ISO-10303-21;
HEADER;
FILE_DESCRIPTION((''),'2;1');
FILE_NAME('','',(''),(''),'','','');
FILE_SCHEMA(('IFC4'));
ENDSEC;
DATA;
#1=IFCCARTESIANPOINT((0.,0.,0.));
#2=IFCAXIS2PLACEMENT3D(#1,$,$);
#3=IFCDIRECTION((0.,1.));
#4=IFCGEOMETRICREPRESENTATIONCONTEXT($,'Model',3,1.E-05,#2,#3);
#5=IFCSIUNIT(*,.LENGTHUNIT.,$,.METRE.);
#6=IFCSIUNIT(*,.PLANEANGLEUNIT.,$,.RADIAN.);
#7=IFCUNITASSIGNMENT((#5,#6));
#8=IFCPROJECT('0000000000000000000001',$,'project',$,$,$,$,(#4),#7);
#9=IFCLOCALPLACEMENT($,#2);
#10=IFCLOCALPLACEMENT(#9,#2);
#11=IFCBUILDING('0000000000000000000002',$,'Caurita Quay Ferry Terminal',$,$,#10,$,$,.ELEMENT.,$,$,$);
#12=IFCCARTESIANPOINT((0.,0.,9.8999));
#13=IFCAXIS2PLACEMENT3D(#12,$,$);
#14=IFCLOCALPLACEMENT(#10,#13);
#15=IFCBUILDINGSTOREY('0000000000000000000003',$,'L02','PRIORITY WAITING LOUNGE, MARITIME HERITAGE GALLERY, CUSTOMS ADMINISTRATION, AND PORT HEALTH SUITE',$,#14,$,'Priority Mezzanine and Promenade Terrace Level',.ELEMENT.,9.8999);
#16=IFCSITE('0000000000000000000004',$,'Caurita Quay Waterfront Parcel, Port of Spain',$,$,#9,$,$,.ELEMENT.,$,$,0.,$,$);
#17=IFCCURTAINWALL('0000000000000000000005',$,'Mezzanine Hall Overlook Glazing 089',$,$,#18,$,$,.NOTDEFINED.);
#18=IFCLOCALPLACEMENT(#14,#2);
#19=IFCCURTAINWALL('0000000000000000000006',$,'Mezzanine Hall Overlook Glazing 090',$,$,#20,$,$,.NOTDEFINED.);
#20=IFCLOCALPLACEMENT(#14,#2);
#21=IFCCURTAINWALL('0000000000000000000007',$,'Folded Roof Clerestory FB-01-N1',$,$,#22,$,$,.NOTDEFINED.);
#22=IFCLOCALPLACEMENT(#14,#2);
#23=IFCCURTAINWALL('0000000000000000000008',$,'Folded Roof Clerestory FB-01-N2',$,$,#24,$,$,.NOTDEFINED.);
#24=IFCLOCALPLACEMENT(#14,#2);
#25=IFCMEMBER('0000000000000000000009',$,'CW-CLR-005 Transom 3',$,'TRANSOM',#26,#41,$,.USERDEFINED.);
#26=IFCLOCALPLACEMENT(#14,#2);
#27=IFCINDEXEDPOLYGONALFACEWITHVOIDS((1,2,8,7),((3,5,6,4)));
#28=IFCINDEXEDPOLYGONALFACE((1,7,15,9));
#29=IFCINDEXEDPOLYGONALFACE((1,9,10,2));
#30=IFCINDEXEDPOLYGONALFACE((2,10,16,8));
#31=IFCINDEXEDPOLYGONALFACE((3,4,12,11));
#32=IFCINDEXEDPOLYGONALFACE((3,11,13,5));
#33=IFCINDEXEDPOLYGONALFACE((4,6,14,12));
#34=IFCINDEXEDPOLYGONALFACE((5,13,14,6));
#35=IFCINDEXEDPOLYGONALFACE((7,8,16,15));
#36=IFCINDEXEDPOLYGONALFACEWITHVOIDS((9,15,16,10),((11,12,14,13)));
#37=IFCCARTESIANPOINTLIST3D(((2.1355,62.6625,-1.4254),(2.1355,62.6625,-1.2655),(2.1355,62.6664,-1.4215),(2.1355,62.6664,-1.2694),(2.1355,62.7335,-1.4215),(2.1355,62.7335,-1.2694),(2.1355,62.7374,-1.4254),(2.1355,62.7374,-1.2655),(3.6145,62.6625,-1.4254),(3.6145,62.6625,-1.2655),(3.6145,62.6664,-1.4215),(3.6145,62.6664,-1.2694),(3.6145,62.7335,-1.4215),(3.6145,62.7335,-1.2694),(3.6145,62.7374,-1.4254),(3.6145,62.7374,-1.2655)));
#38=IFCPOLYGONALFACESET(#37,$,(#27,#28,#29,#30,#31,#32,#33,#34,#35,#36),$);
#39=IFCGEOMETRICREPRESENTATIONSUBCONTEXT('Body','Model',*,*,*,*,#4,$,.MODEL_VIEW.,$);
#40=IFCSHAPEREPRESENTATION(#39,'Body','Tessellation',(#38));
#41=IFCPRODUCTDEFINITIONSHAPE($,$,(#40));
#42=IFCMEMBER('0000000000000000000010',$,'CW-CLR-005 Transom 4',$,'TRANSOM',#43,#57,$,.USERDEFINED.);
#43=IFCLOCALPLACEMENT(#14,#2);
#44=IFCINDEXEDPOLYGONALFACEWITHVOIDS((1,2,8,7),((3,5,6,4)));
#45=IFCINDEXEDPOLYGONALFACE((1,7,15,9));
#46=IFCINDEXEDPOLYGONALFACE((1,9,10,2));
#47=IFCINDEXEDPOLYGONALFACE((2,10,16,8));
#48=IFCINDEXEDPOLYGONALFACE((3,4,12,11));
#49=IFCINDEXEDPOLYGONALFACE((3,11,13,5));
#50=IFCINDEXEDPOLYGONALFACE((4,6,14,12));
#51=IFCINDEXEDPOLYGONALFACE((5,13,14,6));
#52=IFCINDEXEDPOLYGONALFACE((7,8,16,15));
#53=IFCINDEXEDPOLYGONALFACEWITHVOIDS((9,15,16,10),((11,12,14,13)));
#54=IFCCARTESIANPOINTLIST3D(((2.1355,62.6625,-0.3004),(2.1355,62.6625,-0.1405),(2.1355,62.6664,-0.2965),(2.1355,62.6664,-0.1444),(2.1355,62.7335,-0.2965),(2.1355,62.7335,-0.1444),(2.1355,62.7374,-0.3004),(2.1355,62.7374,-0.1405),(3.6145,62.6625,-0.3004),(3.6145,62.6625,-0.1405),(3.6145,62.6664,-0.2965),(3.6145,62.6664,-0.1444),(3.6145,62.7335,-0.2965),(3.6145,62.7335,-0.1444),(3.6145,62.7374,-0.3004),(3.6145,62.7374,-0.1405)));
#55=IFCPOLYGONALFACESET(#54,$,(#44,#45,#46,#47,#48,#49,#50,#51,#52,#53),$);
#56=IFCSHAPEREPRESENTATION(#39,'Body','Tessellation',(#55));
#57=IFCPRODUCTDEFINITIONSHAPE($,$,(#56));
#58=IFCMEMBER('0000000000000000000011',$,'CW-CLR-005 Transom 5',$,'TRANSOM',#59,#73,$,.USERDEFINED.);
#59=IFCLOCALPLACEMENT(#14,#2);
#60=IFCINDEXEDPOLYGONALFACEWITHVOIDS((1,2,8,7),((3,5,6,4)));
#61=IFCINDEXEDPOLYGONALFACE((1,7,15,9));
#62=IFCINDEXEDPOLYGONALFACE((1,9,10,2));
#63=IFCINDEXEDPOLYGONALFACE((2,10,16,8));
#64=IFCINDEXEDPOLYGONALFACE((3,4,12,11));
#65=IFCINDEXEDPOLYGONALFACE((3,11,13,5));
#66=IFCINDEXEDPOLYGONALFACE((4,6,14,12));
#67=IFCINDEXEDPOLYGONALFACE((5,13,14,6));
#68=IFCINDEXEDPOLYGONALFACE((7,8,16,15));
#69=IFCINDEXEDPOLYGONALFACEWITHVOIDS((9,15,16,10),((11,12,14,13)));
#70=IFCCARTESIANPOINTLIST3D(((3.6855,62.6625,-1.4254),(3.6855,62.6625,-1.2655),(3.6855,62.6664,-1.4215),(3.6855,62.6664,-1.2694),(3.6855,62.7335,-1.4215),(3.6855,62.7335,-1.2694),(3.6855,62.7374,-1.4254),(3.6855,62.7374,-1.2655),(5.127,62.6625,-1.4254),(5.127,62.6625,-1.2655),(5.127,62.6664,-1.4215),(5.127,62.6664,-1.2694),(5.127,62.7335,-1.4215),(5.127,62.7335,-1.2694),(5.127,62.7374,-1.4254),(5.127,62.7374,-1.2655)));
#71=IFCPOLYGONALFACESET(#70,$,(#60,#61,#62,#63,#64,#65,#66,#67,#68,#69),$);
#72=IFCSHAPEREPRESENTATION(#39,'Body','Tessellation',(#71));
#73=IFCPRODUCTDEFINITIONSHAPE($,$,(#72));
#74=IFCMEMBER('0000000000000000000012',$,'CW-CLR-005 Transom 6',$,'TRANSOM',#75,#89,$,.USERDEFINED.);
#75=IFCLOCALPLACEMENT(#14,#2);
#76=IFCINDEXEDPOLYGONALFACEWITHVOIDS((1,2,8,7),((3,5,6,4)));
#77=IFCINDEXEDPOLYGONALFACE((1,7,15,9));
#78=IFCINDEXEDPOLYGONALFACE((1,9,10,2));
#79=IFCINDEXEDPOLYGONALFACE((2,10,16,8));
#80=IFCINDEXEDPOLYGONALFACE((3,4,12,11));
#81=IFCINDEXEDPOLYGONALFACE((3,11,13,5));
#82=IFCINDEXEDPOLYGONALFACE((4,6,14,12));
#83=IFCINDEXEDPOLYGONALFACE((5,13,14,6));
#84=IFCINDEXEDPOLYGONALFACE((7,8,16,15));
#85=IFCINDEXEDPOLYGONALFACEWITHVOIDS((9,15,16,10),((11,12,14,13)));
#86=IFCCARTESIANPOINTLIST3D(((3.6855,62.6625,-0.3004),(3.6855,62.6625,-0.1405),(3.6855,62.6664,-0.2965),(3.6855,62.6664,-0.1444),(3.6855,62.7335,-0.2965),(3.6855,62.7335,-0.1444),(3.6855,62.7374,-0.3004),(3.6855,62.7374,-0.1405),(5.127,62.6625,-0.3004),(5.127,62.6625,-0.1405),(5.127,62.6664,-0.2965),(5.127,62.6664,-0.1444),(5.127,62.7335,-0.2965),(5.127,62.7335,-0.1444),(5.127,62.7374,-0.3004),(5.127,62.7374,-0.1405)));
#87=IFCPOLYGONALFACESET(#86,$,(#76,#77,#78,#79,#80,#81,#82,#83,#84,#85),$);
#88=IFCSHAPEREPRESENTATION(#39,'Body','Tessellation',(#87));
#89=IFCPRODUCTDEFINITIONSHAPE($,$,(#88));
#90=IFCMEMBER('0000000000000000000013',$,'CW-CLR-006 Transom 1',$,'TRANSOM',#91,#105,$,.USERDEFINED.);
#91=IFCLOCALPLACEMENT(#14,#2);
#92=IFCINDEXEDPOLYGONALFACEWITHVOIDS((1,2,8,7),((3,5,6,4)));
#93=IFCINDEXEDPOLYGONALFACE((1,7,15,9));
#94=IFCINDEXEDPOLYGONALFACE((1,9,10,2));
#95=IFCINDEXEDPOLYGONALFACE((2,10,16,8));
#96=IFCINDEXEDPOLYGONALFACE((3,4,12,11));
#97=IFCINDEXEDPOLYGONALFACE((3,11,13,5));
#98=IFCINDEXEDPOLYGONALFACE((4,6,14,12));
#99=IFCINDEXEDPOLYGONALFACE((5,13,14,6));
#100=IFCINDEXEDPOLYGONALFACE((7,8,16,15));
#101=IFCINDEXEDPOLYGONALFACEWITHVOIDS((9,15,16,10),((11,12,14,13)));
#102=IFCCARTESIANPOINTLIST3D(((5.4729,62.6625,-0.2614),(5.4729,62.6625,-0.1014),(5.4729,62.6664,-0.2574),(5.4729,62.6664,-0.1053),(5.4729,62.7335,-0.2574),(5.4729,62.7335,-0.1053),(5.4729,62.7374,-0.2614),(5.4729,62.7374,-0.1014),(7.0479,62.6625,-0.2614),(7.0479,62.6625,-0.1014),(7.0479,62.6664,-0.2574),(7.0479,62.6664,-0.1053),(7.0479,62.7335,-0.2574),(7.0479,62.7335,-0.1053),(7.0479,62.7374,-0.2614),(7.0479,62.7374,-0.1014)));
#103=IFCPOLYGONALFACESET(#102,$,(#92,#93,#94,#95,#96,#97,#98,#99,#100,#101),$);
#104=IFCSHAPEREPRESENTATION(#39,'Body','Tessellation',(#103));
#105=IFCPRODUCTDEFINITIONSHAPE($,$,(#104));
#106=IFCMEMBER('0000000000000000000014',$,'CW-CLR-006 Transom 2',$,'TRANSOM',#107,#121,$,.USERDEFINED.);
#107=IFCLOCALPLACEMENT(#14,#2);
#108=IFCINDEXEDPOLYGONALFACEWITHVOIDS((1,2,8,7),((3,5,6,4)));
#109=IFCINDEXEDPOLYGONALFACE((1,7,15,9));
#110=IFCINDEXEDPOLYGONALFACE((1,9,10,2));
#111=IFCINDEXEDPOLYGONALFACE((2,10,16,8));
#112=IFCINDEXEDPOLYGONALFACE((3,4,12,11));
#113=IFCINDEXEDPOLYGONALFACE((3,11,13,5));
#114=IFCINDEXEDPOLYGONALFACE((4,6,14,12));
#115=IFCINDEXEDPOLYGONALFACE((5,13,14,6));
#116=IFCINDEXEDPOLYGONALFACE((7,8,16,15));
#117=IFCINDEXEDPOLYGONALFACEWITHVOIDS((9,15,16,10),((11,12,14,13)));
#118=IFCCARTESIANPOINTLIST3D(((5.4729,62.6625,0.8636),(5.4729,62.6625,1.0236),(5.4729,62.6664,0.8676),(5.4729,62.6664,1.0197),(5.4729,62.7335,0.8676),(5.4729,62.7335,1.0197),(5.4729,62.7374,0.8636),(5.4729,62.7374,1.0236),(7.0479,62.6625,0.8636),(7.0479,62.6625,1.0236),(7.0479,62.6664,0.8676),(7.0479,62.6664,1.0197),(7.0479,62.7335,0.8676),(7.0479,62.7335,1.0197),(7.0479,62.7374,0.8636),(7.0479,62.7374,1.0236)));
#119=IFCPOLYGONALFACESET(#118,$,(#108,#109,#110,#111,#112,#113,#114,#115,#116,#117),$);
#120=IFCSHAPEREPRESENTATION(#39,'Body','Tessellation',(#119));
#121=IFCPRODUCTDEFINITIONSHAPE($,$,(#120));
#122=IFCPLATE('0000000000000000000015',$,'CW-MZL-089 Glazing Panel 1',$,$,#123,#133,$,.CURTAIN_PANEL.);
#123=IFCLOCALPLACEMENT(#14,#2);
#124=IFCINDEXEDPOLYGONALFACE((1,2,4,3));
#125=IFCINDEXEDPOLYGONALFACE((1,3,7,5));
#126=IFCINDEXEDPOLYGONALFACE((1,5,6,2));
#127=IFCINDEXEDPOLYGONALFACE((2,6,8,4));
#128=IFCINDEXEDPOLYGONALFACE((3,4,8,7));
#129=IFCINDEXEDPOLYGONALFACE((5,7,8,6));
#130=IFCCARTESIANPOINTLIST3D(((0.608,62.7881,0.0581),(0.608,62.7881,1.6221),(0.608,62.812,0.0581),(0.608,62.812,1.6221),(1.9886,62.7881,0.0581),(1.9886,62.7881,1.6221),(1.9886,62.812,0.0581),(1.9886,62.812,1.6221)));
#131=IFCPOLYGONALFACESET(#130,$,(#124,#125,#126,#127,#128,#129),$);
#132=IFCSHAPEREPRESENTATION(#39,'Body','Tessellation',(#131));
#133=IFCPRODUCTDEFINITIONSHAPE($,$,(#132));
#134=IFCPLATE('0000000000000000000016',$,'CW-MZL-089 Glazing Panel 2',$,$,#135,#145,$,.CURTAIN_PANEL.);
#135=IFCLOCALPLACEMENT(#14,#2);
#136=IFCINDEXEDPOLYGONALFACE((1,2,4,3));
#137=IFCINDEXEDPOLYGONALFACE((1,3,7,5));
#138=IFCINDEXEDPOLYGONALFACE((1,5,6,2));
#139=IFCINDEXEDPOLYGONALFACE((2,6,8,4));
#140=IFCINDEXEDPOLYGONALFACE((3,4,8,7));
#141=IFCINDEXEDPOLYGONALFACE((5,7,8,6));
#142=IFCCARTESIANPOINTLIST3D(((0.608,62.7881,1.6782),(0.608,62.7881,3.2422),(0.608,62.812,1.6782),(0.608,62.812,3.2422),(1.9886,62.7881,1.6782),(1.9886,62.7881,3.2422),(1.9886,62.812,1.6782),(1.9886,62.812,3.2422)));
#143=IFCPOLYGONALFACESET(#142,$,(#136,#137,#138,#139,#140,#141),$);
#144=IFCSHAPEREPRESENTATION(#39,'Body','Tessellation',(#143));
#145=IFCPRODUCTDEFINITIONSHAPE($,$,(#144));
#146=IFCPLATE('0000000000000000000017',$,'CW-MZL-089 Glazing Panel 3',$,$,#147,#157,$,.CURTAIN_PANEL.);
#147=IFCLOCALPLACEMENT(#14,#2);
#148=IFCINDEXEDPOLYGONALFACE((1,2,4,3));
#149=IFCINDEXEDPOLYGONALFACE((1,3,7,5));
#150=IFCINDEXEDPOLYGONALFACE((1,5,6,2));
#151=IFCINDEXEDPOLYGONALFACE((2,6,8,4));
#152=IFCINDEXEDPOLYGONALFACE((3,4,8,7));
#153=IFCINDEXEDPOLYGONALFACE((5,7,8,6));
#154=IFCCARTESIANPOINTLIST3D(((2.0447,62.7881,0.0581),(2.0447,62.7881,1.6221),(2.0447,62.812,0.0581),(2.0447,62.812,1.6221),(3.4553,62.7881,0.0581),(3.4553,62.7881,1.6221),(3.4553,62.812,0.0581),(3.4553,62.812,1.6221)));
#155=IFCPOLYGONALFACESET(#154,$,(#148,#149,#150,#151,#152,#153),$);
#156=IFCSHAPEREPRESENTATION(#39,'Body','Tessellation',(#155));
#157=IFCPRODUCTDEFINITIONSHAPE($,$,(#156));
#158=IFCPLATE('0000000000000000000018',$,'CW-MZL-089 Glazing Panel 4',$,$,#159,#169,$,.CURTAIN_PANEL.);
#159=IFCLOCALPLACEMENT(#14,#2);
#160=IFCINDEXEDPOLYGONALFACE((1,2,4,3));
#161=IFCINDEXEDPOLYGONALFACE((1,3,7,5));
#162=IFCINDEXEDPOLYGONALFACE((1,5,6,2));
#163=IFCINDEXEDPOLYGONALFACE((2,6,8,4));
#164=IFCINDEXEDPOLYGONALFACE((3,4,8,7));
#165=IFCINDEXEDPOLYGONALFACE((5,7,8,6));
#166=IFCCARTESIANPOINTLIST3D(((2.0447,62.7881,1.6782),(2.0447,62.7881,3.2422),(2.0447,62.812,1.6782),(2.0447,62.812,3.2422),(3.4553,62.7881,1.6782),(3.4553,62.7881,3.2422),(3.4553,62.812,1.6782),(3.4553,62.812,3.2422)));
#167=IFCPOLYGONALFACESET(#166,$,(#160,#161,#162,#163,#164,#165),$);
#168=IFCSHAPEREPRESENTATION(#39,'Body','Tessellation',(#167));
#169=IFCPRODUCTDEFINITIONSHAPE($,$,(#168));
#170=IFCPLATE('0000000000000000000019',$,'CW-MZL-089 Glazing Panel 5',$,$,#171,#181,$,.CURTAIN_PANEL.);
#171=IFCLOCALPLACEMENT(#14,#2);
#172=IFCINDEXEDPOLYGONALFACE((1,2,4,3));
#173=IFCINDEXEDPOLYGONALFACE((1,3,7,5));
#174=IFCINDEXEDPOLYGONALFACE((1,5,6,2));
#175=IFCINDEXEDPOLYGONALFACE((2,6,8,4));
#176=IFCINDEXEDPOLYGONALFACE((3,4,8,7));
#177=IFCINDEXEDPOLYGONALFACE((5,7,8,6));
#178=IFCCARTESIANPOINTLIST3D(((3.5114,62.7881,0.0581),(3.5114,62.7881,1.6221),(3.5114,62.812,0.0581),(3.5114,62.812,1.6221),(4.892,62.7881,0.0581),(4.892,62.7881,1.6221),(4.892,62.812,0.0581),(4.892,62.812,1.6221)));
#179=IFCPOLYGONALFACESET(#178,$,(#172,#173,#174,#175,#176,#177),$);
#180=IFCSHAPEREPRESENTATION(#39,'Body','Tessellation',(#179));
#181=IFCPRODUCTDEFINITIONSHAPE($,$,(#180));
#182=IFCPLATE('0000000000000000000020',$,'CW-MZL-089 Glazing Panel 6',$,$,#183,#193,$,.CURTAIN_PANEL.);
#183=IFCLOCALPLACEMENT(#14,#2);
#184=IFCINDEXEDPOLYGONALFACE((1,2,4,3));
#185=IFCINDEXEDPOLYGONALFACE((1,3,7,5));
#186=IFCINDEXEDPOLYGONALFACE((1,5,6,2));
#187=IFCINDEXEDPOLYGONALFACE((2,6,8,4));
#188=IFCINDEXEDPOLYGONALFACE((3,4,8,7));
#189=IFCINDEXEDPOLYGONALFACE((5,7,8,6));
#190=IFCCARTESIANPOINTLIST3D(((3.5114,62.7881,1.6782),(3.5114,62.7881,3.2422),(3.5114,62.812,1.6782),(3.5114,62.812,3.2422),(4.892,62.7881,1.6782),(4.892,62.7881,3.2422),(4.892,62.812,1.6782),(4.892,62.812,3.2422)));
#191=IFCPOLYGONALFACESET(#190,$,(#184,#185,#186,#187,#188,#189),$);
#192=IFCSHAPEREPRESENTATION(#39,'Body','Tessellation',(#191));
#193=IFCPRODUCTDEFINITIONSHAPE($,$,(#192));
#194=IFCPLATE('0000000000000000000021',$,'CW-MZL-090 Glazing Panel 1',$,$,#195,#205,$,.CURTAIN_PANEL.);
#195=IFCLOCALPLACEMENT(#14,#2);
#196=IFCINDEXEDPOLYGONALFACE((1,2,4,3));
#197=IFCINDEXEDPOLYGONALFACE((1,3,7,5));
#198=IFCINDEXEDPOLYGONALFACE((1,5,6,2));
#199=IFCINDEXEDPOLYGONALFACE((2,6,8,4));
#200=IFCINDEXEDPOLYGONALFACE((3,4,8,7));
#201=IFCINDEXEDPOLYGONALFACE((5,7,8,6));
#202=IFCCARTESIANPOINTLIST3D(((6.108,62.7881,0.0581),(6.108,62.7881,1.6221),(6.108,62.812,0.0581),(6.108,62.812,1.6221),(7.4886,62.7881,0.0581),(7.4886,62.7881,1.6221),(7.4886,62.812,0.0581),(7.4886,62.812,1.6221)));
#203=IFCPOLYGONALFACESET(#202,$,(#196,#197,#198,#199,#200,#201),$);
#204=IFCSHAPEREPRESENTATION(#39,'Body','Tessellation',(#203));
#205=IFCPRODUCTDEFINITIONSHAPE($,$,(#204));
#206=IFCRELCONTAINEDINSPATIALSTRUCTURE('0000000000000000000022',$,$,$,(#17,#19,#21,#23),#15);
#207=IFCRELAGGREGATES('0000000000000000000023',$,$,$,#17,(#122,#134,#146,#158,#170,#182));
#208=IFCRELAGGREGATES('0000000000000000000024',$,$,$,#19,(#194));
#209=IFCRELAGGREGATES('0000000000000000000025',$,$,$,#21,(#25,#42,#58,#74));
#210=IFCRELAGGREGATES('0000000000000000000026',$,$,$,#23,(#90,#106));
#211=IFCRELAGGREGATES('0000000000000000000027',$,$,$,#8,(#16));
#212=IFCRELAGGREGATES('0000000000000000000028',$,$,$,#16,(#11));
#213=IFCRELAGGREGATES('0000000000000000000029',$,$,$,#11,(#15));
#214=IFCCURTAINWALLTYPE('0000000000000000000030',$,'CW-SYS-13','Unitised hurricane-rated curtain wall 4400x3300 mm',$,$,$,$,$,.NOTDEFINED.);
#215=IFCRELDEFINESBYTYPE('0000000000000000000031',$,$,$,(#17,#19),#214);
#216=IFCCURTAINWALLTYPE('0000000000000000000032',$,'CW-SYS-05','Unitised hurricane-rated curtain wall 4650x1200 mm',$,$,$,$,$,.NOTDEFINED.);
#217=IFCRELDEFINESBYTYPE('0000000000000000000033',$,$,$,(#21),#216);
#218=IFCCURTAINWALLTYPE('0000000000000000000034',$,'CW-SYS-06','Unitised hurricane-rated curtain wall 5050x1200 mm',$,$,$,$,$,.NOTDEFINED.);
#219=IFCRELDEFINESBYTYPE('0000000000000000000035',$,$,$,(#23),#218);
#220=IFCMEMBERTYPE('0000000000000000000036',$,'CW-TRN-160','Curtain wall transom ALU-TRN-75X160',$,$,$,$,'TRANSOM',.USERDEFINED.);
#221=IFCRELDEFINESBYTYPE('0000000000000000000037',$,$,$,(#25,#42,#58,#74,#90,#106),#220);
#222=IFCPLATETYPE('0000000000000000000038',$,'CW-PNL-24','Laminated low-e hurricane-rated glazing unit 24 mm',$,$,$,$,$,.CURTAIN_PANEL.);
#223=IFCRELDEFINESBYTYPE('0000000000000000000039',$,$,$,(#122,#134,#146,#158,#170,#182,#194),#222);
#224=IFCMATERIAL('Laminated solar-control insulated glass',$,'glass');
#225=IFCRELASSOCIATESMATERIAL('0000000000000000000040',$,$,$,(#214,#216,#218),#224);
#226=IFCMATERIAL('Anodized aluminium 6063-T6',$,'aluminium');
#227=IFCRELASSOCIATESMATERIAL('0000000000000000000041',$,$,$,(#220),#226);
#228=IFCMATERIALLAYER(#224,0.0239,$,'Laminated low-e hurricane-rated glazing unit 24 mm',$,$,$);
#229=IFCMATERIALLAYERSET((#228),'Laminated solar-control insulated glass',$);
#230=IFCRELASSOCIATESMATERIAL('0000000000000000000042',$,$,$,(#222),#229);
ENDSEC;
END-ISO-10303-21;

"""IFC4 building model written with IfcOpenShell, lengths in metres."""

from ifc_helpers import new_model, si_unit, direction, frame, origin, origin_2d, place, context, subcontext, project, spatial, rectangle, hollow_rectangle, extrude, material, layer, layer_set, material_profile, profile_set, type_object, element, aggregate, save


model = new_model("IFC4")

# Units and contexts
model_context = context("Model", 3, precision=1e-05, world=origin(), true_north=direction((0.0, 1.0)))
body_context = subcontext(model_context, "Body", "Model", "MODEL_VIEW")
ifc_project = project(units=[si_unit("LENGTHUNIT", "METRE"), si_unit("PLANEANGLEUNIT", "RADIAN")], contexts=[model_context])

# Site, building, storey
site_placement = place(None, origin())
site = spatial("IfcSite", under=ifc_project, at=site_placement, Name="Caurita Quay Waterfront Parcel, Port of Spain", CompositionType="ELEMENT", RefElevation=0.0)
building_placement = place(site_placement, origin())
building = spatial("IfcBuilding", under=site, at=building_placement, Name="Caurita Quay Ferry Terminal", CompositionType="ELEMENT")
storey_placement = place(building_placement, frame((0.0, 0.0, 9.8999)))
storey = spatial("IfcBuildingStorey", under=building, at=storey_placement, Name="L02", Description="PRIORITY WAITING LOUNGE, MARITIME HERITAGE GALLERY, CUSTOMS ADMINISTRATION, AND PORT HEALTH SUITE", LongName="Priority Mezzanine and Promenade Terrace Level", CompositionType="ELEMENT", Elevation=9.8999)

# Curtain wall
ifc_material_1 = material(Name="Laminated solar-control insulated glass", Category="glass")
curtain_wall_type_1 = type_object("IfcCurtainWallType", Name="CW-SYS-13", Description="Unitised hurricane-rated curtain wall 4400x3300 mm", PredefinedType="NOTDEFINED", material=ifc_material_1)
curtain_wall_1_placement = place(storey_placement, origin())
curtain_wall_1 = element("IfcCurtainWall", 1, at=curtain_wall_1_placement, inside=storey, type_object=curtain_wall_type_1, Name="Mezzanine Hall Overlook Glazing 089", PredefinedType="NOTDEFINED")
ifc_material_2 = material(Name="Anodized aluminium 6063-T6", Category="aluminium")

# Curtain wall
curtain_wall_2_placement = place(storey_placement, origin())
curtain_wall_2 = element("IfcCurtainWall", 2, at=curtain_wall_2_placement, inside=storey, type_object=curtain_wall_type_1, Name="Mezzanine Hall Overlook Glazing 090", PredefinedType="NOTDEFINED")

# Curtain walls
curtain_wall_type_2 = type_object("IfcCurtainWallType", Name="CW-SYS-05", Description="Unitised hurricane-rated curtain wall 4650x1200 mm", PredefinedType="NOTDEFINED", material=ifc_material_1)
curtain_wall_3_placement = place(storey_placement, origin())
curtain_wall_3 = element("IfcCurtainWall", 3, at=curtain_wall_3_placement, inside=storey, type_object=curtain_wall_type_2, Name="Folded Roof Clerestory FB-01-N1", PredefinedType="NOTDEFINED")
curtain_wall_type_3 = type_object("IfcCurtainWallType", Name="CW-SYS-06", Description="Unitised hurricane-rated curtain wall 5050x1200 mm", PredefinedType="NOTDEFINED", material=ifc_material_1)
curtain_wall_4_placement = place(storey_placement, origin())
curtain_wall_4 = element("IfcCurtainWall", 4, at=curtain_wall_4_placement, inside=storey, type_object=curtain_wall_type_3, Name="Folded Roof Clerestory FB-01-N2", PredefinedType="NOTDEFINED")

# Members
ifc_material_profile_1 = material_profile(ifc_material_2, hollow_rectangle(XDim=0.075, YDim=0.1599, WallThickness=0.0039, at=origin_2d()), Name="ALU-TRN-75X160")
ifc_profile_set_1 = profile_set([ifc_material_profile_1], Name="Anodized aluminium 6063-T6")
member_type_1 = type_object("IfcMemberType", Name="CW-TRN-160", Description="Curtain wall transom ALU-TRN-75X160", ElementType="TRANSOM", PredefinedType="USERDEFINED", material=ifc_profile_set_1)
member_1_placement = place(storey_placement, frame((2.1355, 62.7, -1.3455), z_axis=(1.0, 0.0, 0.0), x_axis=(0.0, 1.0, 0.0)))
member_1 = element("IfcMember", 5, at=member_1_placement, type_object=member_type_1, Name="CW-CLR-005 Transom 3", ObjectType="TRANSOM", PredefinedType="USERDEFINED", context=body_context, shape_type="SweptSolid", body=[
    extrude(hollow_rectangle(XDim=0.075, YDim=0.1599, WallThickness=0.0039, at=origin_2d()), origin(), (0.0, 0.0, 1.0), 1.479),
])
member_2_placement = place(storey_placement, frame((2.1355, 62.7, -0.2205), z_axis=(1.0, 0.0, 0.0), x_axis=(0.0, 1.0, 0.0)))
member_2 = element("IfcMember", 6, at=member_2_placement, type_object=member_type_1, Name="CW-CLR-005 Transom 4", ObjectType="TRANSOM", PredefinedType="USERDEFINED", context=body_context, shape_type="SweptSolid", body=[
    extrude(hollow_rectangle(XDim=0.075, YDim=0.1599, WallThickness=0.0039, at=origin_2d()), origin(), (0.0, 0.0, 1.0), 1.479),
])
member_3_placement = place(storey_placement, frame((3.6855, 62.7, -1.3455), z_axis=(1.0, 0.0, 0.0), x_axis=(0.0, 1.0, 0.0)))
member_3 = element("IfcMember", 7, at=member_3_placement, type_object=member_type_1, Name="CW-CLR-005 Transom 5", ObjectType="TRANSOM", PredefinedType="USERDEFINED", context=body_context, shape_type="SweptSolid", body=[
    extrude(hollow_rectangle(XDim=0.075, YDim=0.1599, WallThickness=0.0039, at=origin_2d()), origin(), (0.0, 0.0, 1.0), 1.4414),
])
member_4_placement = place(storey_placement, frame((3.6855, 62.7, -0.2205), z_axis=(1.0, 0.0, 0.0), x_axis=(0.0, 1.0, 0.0)))
member_4 = element("IfcMember", 8, at=member_4_placement, type_object=member_type_1, Name="CW-CLR-005 Transom 6", ObjectType="TRANSOM", PredefinedType="USERDEFINED", context=body_context, shape_type="SweptSolid", body=[
    extrude(hollow_rectangle(XDim=0.075, YDim=0.1599, WallThickness=0.0039, at=origin_2d()), origin(), (0.0, 0.0, 1.0), 1.4414),
])
member_5_placement = place(storey_placement, frame((5.4729, 62.7, -0.1814), z_axis=(1.0, 0.0, 0.0), x_axis=(0.0, 1.0, 0.0)))
member_5 = element("IfcMember", 9, at=member_5_placement, type_object=member_type_1, Name="CW-CLR-006 Transom 1", ObjectType="TRANSOM", PredefinedType="USERDEFINED", context=body_context, shape_type="SweptSolid", body=[
    extrude(hollow_rectangle(XDim=0.075, YDim=0.1599, WallThickness=0.0039, at=origin_2d()), origin(), (0.0, 0.0, 1.0), 1.575),
])
member_6_placement = place(storey_placement, frame((5.4729, 62.7, 0.9436), z_axis=(1.0, 0.0, 0.0), x_axis=(0.0, 1.0, 0.0)))
member_6 = element("IfcMember", 10, at=member_6_placement, type_object=member_type_1, Name="CW-CLR-006 Transom 2", ObjectType="TRANSOM", PredefinedType="USERDEFINED", context=body_context, shape_type="SweptSolid", body=[
    extrude(hollow_rectangle(XDim=0.075, YDim=0.1599, WallThickness=0.0039, at=origin_2d()), origin(), (0.0, 0.0, 1.0), 1.575),
])

# Plates
ifc_layer_1 = layer(ifc_material_1, 0.0239, Name="Laminated low-e hurricane-rated glazing unit 24 mm")
ifc_layer_set_1 = layer_set([ifc_layer_1], Name="Laminated solar-control insulated glass")
plate_type_1 = type_object("IfcPlateType", Name="CW-PNL-24", Description="Laminated low-e hurricane-rated glazing unit 24 mm", PredefinedType="CURTAIN_PANEL", material=ifc_layer_set_1)
plate_1_placement = place(storey_placement, frame((1.2983, 62.8, 0.0581), z_axis=(0.0, 0.0, 1.0), x_axis=(1.0, 0.0, 0.0)))
plate_1 = element("IfcPlate", 11, at=plate_1_placement, type_object=plate_type_1, Name="CW-MZL-089 Glazing Panel 1", PredefinedType="CURTAIN_PANEL", context=body_context, shape_type="SweptSolid", body=[
    extrude(rectangle(XDim=1.3806, YDim=0.0239, at=origin_2d()), origin(), (0.0, 0.0, 1.0), 1.564),
])
plate_2_placement = place(storey_placement, frame((1.2983, 62.8, 1.6782), z_axis=(0.0, 0.0, 1.0), x_axis=(1.0, 0.0, 0.0)))
plate_2 = element("IfcPlate", 12, at=plate_2_placement, type_object=plate_type_1, Name="CW-MZL-089 Glazing Panel 2", PredefinedType="CURTAIN_PANEL", context=body_context, shape_type="SweptSolid", body=[
    extrude(rectangle(XDim=1.3806, YDim=0.0239, at=origin_2d()), origin(), (0.0, 0.0, 1.0), 1.564),
])
plate_3_placement = place(storey_placement, frame((2.75, 62.8, 0.0581), z_axis=(0.0, 0.0, 1.0), x_axis=(1.0, 0.0, 0.0)))
plate_3 = element("IfcPlate", 13, at=plate_3_placement, type_object=plate_type_1, Name="CW-MZL-089 Glazing Panel 3", PredefinedType="CURTAIN_PANEL", context=body_context, shape_type="SweptSolid", body=[
    extrude(rectangle(XDim=1.4106, YDim=0.0239, at=origin_2d()), origin(), (0.0, 0.0, 1.0), 1.564),
])
plate_4_placement = place(storey_placement, frame((2.75, 62.8, 1.6782), z_axis=(0.0, 0.0, 1.0), x_axis=(1.0, 0.0, 0.0)))
plate_4 = element("IfcPlate", 14, at=plate_4_placement, type_object=plate_type_1, Name="CW-MZL-089 Glazing Panel 4", PredefinedType="CURTAIN_PANEL", context=body_context, shape_type="SweptSolid", body=[
    extrude(rectangle(XDim=1.4106, YDim=0.0239, at=origin_2d()), origin(), (0.0, 0.0, 1.0), 1.564),
])
plate_5_placement = place(storey_placement, frame((4.2017, 62.8, 0.0581), z_axis=(0.0, 0.0, 1.0), x_axis=(1.0, 0.0, 0.0)))
plate_5 = element("IfcPlate", 15, at=plate_5_placement, type_object=plate_type_1, Name="CW-MZL-089 Glazing Panel 5", PredefinedType="CURTAIN_PANEL", context=body_context, shape_type="SweptSolid", body=[
    extrude(rectangle(XDim=1.3806, YDim=0.0239, at=origin_2d()), origin(), (0.0, 0.0, 1.0), 1.564),
])
plate_6_placement = place(storey_placement, frame((4.2017, 62.8, 1.6782), z_axis=(0.0, 0.0, 1.0), x_axis=(1.0, 0.0, 0.0)))
plate_6 = element("IfcPlate", 16, at=plate_6_placement, type_object=plate_type_1, Name="CW-MZL-089 Glazing Panel 6", PredefinedType="CURTAIN_PANEL", context=body_context, shape_type="SweptSolid", body=[
    extrude(rectangle(XDim=1.3806, YDim=0.0239, at=origin_2d()), origin(), (0.0, 0.0, 1.0), 1.564),
])
aggregate(curtain_wall_1, [plate_1, plate_2, plate_3, plate_4, plate_5, plate_6])
plate_7_placement = place(storey_placement, frame((6.7983, 62.8, 0.0581), z_axis=(0.0, 0.0, 1.0), x_axis=(1.0, 0.0, 0.0)))
plate_7 = element("IfcPlate", 17, at=plate_7_placement, type_object=plate_type_1, Name="CW-MZL-090 Glazing Panel 1", PredefinedType="CURTAIN_PANEL", context=body_context, shape_type="SweptSolid", body=[
    extrude(rectangle(XDim=1.3806, YDim=0.0239, at=origin_2d()), origin(), (0.0, 0.0, 1.0), 1.564),
])
aggregate(curtain_wall_2, [plate_7])
aggregate(curtain_wall_3, [member_1, member_2, member_3, member_4])
aggregate(curtain_wall_4, [member_5, member_6])

save(model, "model.ifc")
